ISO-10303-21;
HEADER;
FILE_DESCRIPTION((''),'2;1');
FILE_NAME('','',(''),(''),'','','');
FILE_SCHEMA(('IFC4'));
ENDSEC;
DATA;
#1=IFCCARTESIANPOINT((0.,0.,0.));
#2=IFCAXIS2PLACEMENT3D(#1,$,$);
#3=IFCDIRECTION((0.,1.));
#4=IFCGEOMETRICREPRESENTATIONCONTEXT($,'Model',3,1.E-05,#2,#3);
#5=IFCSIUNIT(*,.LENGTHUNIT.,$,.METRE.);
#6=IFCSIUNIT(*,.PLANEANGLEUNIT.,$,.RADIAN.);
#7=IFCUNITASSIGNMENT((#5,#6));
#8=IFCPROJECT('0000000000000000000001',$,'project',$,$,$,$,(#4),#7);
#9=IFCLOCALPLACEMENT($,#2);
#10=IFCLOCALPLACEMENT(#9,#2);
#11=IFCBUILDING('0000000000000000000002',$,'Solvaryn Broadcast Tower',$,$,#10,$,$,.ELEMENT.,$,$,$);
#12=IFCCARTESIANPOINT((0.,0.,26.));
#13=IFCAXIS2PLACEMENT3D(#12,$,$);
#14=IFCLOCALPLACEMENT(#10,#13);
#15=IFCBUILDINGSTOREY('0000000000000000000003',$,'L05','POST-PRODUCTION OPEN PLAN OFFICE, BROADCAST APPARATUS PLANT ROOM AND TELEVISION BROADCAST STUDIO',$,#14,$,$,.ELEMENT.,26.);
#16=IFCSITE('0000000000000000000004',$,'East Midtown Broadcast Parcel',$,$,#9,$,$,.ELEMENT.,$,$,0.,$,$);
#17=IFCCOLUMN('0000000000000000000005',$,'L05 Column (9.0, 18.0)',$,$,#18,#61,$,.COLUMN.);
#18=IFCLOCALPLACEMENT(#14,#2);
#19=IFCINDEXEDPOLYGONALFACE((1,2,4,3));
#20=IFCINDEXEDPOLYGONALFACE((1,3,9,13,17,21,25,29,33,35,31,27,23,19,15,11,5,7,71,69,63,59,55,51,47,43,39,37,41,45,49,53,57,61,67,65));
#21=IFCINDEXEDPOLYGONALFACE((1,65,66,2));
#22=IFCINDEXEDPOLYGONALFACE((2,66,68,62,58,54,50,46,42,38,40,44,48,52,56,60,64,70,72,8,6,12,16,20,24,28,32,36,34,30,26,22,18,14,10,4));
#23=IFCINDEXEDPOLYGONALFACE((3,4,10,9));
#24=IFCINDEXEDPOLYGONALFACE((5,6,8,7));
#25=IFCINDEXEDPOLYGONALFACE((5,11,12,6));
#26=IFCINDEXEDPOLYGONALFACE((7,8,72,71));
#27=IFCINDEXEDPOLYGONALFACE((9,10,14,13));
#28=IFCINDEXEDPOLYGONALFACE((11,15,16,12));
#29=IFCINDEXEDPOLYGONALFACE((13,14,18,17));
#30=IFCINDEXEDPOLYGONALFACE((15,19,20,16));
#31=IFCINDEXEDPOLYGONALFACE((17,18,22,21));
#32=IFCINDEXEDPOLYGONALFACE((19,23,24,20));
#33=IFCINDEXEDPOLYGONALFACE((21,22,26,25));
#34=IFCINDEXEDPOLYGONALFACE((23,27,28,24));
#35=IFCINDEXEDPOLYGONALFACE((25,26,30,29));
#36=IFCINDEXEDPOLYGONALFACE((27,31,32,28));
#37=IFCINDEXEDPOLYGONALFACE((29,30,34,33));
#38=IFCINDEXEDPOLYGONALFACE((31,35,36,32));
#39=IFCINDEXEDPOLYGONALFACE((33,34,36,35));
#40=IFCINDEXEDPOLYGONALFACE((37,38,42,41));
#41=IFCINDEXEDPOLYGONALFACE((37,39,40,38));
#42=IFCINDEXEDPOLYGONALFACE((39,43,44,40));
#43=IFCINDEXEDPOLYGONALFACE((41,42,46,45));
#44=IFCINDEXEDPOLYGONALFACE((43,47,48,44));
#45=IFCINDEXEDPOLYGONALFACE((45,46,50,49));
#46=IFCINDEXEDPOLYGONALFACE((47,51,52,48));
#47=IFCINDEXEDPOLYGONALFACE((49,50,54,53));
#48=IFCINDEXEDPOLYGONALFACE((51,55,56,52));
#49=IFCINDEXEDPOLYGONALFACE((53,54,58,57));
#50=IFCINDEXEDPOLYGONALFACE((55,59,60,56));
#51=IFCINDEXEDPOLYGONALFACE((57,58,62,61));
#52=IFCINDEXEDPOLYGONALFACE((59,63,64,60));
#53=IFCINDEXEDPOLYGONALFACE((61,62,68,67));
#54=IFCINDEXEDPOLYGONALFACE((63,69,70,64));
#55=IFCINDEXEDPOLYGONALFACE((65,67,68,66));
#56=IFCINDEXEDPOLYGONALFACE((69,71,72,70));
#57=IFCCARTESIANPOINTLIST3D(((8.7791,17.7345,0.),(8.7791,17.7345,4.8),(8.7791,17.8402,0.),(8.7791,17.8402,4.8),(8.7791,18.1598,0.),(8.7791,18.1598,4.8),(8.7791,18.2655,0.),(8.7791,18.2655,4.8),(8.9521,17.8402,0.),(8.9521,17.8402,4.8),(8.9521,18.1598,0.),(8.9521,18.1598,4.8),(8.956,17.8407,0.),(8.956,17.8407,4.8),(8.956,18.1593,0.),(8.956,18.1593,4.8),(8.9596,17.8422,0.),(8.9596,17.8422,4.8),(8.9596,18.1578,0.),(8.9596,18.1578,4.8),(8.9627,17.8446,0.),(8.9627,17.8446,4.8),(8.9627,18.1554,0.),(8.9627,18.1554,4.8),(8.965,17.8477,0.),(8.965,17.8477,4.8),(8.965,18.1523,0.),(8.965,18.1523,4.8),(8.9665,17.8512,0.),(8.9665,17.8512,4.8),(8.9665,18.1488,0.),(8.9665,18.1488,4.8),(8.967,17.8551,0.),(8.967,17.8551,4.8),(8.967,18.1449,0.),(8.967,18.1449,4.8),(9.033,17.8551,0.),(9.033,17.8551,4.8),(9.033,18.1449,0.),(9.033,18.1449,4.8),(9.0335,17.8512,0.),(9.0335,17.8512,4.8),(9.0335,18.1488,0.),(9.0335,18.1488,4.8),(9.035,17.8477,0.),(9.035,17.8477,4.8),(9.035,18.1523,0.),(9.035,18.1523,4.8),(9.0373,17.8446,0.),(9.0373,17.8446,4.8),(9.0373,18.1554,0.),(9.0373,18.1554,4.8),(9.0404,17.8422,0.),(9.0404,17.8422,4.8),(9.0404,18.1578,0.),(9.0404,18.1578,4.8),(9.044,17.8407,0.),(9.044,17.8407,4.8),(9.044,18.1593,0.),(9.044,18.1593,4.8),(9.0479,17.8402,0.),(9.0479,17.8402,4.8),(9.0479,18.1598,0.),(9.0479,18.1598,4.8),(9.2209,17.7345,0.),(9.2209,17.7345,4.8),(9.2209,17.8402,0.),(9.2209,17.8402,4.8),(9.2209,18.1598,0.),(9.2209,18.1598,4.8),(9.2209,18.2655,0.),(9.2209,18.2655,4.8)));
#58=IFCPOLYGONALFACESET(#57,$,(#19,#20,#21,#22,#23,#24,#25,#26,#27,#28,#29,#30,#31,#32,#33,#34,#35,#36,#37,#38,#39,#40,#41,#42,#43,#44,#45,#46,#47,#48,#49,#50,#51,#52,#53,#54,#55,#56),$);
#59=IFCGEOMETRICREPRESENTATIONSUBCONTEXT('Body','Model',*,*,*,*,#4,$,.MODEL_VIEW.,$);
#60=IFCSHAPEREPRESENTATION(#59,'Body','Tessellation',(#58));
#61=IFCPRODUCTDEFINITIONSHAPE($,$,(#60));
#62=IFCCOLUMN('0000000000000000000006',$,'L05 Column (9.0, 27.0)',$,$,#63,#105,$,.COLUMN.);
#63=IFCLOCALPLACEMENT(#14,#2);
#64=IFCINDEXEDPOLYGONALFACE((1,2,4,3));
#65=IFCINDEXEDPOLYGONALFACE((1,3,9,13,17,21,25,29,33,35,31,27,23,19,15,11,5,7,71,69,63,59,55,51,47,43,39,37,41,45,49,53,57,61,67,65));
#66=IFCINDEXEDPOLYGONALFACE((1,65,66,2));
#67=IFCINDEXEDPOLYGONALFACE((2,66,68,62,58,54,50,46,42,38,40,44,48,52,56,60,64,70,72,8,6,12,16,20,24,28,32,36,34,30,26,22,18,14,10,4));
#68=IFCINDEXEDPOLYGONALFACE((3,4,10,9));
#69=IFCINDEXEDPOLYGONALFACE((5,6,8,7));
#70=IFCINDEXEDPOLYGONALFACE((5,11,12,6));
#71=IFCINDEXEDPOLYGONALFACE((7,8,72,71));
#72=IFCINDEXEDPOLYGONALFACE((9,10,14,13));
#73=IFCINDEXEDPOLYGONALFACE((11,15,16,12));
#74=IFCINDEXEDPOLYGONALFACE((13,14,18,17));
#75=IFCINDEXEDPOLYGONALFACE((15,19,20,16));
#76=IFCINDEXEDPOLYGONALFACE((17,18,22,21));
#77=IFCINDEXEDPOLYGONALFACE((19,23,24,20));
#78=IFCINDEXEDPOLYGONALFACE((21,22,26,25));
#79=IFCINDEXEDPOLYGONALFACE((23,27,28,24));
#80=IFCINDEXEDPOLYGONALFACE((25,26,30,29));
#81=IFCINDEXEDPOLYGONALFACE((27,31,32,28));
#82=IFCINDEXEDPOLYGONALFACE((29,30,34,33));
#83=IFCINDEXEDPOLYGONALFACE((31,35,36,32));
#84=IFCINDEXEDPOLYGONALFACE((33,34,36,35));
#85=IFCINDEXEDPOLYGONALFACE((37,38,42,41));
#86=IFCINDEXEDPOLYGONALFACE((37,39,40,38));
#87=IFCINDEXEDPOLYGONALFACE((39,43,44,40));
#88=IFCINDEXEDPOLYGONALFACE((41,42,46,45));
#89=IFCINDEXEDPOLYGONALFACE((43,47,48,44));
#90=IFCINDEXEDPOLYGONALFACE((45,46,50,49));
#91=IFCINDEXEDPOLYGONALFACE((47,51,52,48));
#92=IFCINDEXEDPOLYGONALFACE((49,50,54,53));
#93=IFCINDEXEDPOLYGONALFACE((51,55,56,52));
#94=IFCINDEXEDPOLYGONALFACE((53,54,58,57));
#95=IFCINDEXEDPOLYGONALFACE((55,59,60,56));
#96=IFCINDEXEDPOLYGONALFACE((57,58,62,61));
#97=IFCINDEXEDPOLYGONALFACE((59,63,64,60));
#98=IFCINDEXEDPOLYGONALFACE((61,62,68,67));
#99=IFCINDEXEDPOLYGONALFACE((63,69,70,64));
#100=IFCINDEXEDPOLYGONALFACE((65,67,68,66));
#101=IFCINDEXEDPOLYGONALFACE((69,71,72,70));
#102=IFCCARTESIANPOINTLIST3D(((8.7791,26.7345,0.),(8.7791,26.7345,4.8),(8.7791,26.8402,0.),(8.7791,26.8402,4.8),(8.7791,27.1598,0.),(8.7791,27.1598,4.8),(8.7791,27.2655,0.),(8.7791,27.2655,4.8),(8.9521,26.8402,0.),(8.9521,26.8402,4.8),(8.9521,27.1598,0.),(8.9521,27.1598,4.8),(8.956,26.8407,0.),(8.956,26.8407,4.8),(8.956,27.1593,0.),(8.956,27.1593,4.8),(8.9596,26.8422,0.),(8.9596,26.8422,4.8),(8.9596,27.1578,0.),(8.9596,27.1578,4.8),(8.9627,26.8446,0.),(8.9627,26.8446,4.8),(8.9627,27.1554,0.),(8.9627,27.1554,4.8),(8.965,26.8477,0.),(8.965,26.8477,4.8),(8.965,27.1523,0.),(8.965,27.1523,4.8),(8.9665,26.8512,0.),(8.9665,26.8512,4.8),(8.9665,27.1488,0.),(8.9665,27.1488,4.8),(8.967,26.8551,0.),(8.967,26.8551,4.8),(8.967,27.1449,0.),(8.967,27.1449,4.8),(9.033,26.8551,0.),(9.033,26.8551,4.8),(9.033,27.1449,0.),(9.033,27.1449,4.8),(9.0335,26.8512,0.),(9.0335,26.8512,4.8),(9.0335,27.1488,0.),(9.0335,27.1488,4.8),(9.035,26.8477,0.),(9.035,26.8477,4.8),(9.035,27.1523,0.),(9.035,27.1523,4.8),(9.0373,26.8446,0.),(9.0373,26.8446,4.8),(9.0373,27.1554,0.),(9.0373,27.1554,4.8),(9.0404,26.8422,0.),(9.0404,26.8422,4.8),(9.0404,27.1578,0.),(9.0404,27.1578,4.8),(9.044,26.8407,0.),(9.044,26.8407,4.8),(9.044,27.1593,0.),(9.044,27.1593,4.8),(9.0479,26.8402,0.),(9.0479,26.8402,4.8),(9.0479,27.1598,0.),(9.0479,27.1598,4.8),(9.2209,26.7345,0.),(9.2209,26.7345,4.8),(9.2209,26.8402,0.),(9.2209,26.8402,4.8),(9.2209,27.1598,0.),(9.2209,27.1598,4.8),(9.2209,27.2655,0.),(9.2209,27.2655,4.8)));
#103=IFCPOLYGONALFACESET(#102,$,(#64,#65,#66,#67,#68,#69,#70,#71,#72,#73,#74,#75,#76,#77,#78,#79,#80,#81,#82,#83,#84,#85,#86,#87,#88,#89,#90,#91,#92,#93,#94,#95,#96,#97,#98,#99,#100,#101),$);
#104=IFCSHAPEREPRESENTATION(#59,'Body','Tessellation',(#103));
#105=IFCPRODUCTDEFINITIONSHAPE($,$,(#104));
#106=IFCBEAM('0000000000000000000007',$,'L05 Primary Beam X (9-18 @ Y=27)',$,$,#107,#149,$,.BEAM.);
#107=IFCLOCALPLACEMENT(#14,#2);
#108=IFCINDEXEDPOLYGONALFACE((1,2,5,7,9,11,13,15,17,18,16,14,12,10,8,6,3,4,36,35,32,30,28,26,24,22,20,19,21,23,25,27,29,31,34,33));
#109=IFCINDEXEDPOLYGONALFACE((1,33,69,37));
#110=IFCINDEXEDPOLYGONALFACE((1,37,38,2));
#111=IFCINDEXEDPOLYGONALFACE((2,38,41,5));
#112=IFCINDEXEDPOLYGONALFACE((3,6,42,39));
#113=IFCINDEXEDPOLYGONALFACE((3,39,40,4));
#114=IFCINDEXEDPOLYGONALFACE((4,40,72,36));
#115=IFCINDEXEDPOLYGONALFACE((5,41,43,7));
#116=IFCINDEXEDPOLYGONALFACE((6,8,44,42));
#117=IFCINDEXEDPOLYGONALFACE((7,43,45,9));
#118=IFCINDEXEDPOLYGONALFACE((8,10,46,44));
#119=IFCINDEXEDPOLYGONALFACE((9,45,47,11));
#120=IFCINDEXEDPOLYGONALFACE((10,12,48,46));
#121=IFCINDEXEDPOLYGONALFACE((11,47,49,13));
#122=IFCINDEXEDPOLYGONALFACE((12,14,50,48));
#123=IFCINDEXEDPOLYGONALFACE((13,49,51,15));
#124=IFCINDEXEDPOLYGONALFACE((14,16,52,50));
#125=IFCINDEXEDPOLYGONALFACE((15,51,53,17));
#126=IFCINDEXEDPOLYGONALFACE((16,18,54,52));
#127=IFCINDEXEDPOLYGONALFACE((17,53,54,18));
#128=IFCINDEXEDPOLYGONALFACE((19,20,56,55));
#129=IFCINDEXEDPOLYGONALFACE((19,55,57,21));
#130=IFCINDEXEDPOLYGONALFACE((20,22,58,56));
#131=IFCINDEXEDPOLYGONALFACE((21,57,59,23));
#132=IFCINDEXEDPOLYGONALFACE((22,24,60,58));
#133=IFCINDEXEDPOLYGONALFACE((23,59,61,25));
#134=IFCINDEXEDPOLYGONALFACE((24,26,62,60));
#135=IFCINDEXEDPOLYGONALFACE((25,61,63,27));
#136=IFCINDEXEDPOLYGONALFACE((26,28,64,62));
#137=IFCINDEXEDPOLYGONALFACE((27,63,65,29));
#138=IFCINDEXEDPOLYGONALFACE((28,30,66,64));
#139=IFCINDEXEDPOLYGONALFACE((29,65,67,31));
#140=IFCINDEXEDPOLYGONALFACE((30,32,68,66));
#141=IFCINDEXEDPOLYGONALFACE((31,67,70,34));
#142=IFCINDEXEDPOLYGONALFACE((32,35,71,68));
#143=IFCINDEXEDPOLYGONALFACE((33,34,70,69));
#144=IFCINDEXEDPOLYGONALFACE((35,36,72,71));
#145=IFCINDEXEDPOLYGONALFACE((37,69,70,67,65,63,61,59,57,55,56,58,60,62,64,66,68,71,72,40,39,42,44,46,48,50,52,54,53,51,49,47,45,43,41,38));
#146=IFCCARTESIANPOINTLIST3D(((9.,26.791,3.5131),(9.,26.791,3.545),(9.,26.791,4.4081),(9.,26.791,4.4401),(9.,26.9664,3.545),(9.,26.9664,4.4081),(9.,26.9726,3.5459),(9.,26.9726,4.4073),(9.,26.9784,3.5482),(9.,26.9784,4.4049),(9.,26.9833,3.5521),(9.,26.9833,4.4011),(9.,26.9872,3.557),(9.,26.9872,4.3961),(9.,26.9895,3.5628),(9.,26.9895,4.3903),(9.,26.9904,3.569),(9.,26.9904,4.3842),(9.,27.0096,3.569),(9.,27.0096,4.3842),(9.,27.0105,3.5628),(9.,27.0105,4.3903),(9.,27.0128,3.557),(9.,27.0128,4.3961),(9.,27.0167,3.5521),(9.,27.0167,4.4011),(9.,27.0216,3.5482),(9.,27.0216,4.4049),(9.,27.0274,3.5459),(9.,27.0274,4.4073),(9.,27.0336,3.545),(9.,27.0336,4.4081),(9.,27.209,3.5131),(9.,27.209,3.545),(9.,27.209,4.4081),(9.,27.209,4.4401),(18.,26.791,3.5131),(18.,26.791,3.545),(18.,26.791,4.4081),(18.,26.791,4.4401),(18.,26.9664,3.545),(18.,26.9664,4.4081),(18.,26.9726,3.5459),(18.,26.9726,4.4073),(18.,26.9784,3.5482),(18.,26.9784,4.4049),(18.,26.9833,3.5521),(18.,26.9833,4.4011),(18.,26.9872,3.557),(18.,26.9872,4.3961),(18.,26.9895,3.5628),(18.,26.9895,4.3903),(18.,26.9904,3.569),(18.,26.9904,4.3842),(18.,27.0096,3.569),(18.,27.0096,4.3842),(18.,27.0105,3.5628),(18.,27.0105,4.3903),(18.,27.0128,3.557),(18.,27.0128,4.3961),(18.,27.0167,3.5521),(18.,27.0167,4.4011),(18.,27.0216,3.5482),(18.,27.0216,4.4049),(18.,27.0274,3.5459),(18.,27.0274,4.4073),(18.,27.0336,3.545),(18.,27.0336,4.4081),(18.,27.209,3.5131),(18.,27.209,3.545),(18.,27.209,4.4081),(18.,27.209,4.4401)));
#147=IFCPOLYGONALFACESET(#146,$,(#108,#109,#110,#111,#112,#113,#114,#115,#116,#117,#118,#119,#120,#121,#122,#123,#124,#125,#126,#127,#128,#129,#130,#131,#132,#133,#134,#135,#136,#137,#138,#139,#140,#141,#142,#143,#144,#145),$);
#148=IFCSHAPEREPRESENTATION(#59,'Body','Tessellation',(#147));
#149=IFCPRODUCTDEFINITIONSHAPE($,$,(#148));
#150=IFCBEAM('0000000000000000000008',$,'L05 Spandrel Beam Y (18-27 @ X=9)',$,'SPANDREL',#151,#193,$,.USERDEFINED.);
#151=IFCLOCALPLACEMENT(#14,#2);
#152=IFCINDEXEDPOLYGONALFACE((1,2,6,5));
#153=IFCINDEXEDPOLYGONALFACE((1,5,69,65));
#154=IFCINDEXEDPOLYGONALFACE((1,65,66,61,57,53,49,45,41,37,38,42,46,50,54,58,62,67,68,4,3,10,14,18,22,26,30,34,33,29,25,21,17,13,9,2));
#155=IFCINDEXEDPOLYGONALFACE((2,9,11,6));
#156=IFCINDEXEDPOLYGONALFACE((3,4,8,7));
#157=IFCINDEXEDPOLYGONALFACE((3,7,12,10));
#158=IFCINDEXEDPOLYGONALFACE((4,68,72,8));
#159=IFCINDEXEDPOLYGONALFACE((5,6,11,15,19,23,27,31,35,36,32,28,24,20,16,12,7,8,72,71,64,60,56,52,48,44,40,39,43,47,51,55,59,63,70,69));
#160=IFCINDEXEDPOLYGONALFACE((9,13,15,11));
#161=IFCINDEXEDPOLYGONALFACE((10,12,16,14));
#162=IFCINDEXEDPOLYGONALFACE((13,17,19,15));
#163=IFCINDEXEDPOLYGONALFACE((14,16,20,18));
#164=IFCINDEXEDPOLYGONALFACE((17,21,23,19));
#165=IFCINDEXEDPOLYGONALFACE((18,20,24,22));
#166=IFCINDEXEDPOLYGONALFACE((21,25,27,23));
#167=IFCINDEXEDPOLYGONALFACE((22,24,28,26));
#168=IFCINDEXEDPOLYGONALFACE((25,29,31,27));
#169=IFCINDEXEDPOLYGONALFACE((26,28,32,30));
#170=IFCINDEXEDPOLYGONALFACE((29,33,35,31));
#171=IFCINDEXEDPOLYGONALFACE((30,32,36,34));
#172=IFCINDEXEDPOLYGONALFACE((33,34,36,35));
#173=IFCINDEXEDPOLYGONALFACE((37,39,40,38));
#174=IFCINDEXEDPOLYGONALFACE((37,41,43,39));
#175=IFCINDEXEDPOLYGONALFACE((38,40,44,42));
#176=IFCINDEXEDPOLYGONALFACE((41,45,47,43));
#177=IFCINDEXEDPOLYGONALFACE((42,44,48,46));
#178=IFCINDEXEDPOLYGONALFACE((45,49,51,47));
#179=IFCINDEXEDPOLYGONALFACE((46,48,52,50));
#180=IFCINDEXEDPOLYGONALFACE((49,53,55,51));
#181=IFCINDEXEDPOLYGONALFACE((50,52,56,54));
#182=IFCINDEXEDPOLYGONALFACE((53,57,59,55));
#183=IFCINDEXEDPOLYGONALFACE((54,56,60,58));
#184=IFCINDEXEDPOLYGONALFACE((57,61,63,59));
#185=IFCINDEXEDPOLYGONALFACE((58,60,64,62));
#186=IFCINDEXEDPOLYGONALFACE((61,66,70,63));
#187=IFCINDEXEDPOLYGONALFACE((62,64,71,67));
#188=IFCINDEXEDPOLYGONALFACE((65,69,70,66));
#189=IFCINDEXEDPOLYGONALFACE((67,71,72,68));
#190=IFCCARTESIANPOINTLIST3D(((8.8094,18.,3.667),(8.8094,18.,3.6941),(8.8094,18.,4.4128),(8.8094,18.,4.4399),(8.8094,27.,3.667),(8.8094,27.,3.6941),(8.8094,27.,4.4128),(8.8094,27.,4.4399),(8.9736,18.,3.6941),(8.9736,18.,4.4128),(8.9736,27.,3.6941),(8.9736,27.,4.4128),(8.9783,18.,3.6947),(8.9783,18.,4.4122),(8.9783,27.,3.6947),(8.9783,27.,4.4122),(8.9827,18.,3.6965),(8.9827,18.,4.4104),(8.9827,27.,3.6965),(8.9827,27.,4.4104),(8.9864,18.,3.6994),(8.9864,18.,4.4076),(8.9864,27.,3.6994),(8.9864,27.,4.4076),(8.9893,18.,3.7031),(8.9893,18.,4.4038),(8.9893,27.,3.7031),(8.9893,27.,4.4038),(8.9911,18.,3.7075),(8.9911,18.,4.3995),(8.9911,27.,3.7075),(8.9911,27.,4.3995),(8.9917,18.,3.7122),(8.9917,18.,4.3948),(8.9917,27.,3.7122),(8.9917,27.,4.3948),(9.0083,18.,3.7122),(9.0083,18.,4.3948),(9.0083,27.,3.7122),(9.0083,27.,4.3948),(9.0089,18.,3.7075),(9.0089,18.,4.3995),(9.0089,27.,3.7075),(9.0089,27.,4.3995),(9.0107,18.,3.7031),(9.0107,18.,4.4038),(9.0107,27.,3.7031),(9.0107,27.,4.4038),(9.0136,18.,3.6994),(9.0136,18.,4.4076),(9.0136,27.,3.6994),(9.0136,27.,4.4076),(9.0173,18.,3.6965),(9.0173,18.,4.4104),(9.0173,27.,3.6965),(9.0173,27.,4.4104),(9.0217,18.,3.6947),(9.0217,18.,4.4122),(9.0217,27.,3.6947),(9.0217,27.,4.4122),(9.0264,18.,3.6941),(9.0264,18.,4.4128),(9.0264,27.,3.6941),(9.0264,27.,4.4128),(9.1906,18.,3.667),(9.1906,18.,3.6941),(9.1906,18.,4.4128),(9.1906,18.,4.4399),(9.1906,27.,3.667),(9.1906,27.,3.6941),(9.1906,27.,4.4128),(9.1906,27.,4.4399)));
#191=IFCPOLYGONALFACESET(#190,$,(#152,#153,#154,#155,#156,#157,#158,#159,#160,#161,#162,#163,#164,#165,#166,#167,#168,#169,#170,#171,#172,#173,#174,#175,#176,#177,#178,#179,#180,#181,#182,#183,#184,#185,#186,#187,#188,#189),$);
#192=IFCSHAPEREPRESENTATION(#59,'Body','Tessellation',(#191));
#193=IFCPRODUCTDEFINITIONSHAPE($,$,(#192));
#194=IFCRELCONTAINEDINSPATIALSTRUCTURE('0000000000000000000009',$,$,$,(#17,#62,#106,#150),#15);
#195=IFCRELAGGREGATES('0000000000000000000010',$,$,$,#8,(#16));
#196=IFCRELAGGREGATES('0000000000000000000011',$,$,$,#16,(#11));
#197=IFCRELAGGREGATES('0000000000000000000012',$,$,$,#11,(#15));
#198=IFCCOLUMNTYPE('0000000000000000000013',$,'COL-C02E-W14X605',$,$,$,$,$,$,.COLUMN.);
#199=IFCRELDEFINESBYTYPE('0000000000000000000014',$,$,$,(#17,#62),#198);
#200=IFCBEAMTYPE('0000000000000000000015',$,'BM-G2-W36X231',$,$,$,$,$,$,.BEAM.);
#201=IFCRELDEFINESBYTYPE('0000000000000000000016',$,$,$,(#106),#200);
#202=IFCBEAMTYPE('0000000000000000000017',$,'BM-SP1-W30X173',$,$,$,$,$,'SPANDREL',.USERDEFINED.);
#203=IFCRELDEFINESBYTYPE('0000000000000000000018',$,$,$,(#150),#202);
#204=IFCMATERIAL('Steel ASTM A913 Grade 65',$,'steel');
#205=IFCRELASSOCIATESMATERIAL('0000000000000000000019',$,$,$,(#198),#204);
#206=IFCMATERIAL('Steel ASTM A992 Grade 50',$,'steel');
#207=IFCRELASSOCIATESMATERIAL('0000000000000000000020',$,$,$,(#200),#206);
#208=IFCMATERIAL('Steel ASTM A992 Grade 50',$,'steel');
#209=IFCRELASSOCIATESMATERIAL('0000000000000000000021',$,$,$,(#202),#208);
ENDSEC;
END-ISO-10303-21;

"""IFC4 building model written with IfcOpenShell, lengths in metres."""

from ifc_helpers import new_model, si_unit, direction, frame, origin, origin_2d, place, context, subcontext, project, spatial, i_section, extrude, material, material_profile, profile_set, type_object, element, save


model = new_model("IFC4")

# Units and contexts
model_context = context("Model", 3, precision=1e-05, world=origin(), true_north=direction((0.0, 1.0)))
body_context = subcontext(model_context, "Body", "Model", "MODEL_VIEW")
ifc_project = project(units=[si_unit("LENGTHUNIT", "METRE"), si_unit("PLANEANGLEUNIT", "RADIAN")], contexts=[model_context])

# Site, building, storey
site_placement = place(None, origin())
site = spatial("IfcSite", under=ifc_project, at=site_placement, Name="East Midtown Broadcast Parcel", CompositionType="ELEMENT", RefElevation=0.0)
building_placement = place(site_placement, origin())
building = spatial("IfcBuilding", under=site, at=building_placement, Name="Solvaryn Broadcast Tower", CompositionType="ELEMENT")
storey_placement = place(building_placement, frame((0.0, 0.0, 26.0)))
storey = spatial("IfcBuildingStorey", under=building, at=storey_placement, Name="L05", Description="POST-PRODUCTION OPEN PLAN OFFICE, BROADCAST APPARATUS PLANT ROOM AND TELEVISION BROADCAST STUDIO", CompositionType="ELEMENT", Elevation=26.0)

# Columns
ifc_material_1 = material(Name="Steel ASTM A913 Grade 65", Category="steel")
ifc_material_profile_1 = material_profile(ifc_material_1, i_section(OverallWidth=0.4419, OverallDepth=0.531, WebThickness=0.0659, FlangeThickness=0.1057, FilletRadius=0.0149, at=origin_2d()))
ifc_profile_set_1 = profile_set([ifc_material_profile_1], Name="Steel ASTM A913 Grade 65")
column_type = type_object("IfcColumnType", Name="COL-C02E-W14X605", PredefinedType="COLUMN", material=ifc_profile_set_1)
for number, where, z_axis, x_axis, name in (
    (1, (9.0, 18.0, 0.0), (0.0, 0.0, 1.0), (1.0, 0.0, 0.0), "L05 Column (9.0, 18.0)"),
    (2, (9.0, 27.0, 0.0), (0.0, 0.0, 1.0), (1.0, 0.0, 0.0), "L05 Column (9.0, 27.0)"),
):
    element("IfcColumn", number, at=place(storey_placement, frame(where, z_axis=z_axis, x_axis=x_axis)), inside=storey, type_object=column_type, Name=name, PredefinedType="COLUMN", context=body_context, shape_type="SweptSolid", body=[
        extrude(i_section(OverallWidth=0.4419, OverallDepth=0.531, WebThickness=0.0659, FlangeThickness=0.1057, FilletRadius=0.0149, at=origin_2d()), origin(), (0.0, 0.0, 1.0), 4.8),
    ])

# Beams
ifc_material_2 = material(Name="Steel ASTM A992 Grade 50", Category="steel")
ifc_material_profile_2 = material_profile(ifc_material_2, i_section(OverallWidth=0.418, OverallDepth=0.927, WebThickness=0.0193, FlangeThickness=0.032, FilletRadius=0.0239, at=origin_2d()))
ifc_profile_set_2 = profile_set([ifc_material_profile_2], Name="Steel ASTM A992 Grade 50")
beam_type_1 = type_object("IfcBeamType", Name="BM-G2-W36X231", PredefinedType="BEAM", material=ifc_profile_set_2)
beam_1_placement = place(storey_placement, frame((9.0, 27.0, 3.9766), z_axis=(1.0, 0.0, 0.0), x_axis=(0.0, 1.0, 0.0)))
element("IfcBeam", 3, at=beam_1_placement, inside=storey, type_object=beam_type_1, Name="L05 Primary Beam X (9-18 @ Y=27)", PredefinedType="BEAM", context=body_context, shape_type="SweptSolid", body=[
    extrude(i_section(OverallWidth=0.418, OverallDepth=0.927, WebThickness=0.0193, FlangeThickness=0.032, FilletRadius=0.0239, at=origin_2d()), origin(), (0.0, 0.0, 1.0), 9.0),
])
ifc_material_3 = material(Name="Steel ASTM A992 Grade 50", Category="steel")
ifc_material_profile_3 = material_profile(ifc_material_3, i_section(OverallWidth=0.3811, OverallDepth=0.7729, WebThickness=0.0166, FlangeThickness=0.0271, FilletRadius=0.0181, at=origin_2d()))
ifc_profile_set_3 = profile_set([ifc_material_profile_3], Name="Steel ASTM A992 Grade 50")
beam_type_2 = type_object("IfcBeamType", Name="BM-SP1-W30X173", ElementType="SPANDREL", PredefinedType="USERDEFINED", material=ifc_profile_set_3)
for number, where, z_axis, x_axis, name in (
    (4, (9.0, 18.0, 4.0535), (0.0, 1.0, 0.0), (-1.0, 0.0, 0.0), "L05 Spandrel Beam Y (18-27 @ X=9)"),
):
    element("IfcBeam", number, at=place(storey_placement, frame(where, z_axis=z_axis, x_axis=x_axis)), inside=storey, type_object=beam_type_2, Name=name, ObjectType="SPANDREL", PredefinedType="USERDEFINED", context=body_context, shape_type="SweptSolid", body=[
        extrude(i_section(OverallWidth=0.3811, OverallDepth=0.7729, WebThickness=0.0166, FlangeThickness=0.0271, FilletRadius=0.0181, at=origin_2d()), origin(), (0.0, 0.0, 1.0), 9.0),
    ])

save(model, "model.ifc")
